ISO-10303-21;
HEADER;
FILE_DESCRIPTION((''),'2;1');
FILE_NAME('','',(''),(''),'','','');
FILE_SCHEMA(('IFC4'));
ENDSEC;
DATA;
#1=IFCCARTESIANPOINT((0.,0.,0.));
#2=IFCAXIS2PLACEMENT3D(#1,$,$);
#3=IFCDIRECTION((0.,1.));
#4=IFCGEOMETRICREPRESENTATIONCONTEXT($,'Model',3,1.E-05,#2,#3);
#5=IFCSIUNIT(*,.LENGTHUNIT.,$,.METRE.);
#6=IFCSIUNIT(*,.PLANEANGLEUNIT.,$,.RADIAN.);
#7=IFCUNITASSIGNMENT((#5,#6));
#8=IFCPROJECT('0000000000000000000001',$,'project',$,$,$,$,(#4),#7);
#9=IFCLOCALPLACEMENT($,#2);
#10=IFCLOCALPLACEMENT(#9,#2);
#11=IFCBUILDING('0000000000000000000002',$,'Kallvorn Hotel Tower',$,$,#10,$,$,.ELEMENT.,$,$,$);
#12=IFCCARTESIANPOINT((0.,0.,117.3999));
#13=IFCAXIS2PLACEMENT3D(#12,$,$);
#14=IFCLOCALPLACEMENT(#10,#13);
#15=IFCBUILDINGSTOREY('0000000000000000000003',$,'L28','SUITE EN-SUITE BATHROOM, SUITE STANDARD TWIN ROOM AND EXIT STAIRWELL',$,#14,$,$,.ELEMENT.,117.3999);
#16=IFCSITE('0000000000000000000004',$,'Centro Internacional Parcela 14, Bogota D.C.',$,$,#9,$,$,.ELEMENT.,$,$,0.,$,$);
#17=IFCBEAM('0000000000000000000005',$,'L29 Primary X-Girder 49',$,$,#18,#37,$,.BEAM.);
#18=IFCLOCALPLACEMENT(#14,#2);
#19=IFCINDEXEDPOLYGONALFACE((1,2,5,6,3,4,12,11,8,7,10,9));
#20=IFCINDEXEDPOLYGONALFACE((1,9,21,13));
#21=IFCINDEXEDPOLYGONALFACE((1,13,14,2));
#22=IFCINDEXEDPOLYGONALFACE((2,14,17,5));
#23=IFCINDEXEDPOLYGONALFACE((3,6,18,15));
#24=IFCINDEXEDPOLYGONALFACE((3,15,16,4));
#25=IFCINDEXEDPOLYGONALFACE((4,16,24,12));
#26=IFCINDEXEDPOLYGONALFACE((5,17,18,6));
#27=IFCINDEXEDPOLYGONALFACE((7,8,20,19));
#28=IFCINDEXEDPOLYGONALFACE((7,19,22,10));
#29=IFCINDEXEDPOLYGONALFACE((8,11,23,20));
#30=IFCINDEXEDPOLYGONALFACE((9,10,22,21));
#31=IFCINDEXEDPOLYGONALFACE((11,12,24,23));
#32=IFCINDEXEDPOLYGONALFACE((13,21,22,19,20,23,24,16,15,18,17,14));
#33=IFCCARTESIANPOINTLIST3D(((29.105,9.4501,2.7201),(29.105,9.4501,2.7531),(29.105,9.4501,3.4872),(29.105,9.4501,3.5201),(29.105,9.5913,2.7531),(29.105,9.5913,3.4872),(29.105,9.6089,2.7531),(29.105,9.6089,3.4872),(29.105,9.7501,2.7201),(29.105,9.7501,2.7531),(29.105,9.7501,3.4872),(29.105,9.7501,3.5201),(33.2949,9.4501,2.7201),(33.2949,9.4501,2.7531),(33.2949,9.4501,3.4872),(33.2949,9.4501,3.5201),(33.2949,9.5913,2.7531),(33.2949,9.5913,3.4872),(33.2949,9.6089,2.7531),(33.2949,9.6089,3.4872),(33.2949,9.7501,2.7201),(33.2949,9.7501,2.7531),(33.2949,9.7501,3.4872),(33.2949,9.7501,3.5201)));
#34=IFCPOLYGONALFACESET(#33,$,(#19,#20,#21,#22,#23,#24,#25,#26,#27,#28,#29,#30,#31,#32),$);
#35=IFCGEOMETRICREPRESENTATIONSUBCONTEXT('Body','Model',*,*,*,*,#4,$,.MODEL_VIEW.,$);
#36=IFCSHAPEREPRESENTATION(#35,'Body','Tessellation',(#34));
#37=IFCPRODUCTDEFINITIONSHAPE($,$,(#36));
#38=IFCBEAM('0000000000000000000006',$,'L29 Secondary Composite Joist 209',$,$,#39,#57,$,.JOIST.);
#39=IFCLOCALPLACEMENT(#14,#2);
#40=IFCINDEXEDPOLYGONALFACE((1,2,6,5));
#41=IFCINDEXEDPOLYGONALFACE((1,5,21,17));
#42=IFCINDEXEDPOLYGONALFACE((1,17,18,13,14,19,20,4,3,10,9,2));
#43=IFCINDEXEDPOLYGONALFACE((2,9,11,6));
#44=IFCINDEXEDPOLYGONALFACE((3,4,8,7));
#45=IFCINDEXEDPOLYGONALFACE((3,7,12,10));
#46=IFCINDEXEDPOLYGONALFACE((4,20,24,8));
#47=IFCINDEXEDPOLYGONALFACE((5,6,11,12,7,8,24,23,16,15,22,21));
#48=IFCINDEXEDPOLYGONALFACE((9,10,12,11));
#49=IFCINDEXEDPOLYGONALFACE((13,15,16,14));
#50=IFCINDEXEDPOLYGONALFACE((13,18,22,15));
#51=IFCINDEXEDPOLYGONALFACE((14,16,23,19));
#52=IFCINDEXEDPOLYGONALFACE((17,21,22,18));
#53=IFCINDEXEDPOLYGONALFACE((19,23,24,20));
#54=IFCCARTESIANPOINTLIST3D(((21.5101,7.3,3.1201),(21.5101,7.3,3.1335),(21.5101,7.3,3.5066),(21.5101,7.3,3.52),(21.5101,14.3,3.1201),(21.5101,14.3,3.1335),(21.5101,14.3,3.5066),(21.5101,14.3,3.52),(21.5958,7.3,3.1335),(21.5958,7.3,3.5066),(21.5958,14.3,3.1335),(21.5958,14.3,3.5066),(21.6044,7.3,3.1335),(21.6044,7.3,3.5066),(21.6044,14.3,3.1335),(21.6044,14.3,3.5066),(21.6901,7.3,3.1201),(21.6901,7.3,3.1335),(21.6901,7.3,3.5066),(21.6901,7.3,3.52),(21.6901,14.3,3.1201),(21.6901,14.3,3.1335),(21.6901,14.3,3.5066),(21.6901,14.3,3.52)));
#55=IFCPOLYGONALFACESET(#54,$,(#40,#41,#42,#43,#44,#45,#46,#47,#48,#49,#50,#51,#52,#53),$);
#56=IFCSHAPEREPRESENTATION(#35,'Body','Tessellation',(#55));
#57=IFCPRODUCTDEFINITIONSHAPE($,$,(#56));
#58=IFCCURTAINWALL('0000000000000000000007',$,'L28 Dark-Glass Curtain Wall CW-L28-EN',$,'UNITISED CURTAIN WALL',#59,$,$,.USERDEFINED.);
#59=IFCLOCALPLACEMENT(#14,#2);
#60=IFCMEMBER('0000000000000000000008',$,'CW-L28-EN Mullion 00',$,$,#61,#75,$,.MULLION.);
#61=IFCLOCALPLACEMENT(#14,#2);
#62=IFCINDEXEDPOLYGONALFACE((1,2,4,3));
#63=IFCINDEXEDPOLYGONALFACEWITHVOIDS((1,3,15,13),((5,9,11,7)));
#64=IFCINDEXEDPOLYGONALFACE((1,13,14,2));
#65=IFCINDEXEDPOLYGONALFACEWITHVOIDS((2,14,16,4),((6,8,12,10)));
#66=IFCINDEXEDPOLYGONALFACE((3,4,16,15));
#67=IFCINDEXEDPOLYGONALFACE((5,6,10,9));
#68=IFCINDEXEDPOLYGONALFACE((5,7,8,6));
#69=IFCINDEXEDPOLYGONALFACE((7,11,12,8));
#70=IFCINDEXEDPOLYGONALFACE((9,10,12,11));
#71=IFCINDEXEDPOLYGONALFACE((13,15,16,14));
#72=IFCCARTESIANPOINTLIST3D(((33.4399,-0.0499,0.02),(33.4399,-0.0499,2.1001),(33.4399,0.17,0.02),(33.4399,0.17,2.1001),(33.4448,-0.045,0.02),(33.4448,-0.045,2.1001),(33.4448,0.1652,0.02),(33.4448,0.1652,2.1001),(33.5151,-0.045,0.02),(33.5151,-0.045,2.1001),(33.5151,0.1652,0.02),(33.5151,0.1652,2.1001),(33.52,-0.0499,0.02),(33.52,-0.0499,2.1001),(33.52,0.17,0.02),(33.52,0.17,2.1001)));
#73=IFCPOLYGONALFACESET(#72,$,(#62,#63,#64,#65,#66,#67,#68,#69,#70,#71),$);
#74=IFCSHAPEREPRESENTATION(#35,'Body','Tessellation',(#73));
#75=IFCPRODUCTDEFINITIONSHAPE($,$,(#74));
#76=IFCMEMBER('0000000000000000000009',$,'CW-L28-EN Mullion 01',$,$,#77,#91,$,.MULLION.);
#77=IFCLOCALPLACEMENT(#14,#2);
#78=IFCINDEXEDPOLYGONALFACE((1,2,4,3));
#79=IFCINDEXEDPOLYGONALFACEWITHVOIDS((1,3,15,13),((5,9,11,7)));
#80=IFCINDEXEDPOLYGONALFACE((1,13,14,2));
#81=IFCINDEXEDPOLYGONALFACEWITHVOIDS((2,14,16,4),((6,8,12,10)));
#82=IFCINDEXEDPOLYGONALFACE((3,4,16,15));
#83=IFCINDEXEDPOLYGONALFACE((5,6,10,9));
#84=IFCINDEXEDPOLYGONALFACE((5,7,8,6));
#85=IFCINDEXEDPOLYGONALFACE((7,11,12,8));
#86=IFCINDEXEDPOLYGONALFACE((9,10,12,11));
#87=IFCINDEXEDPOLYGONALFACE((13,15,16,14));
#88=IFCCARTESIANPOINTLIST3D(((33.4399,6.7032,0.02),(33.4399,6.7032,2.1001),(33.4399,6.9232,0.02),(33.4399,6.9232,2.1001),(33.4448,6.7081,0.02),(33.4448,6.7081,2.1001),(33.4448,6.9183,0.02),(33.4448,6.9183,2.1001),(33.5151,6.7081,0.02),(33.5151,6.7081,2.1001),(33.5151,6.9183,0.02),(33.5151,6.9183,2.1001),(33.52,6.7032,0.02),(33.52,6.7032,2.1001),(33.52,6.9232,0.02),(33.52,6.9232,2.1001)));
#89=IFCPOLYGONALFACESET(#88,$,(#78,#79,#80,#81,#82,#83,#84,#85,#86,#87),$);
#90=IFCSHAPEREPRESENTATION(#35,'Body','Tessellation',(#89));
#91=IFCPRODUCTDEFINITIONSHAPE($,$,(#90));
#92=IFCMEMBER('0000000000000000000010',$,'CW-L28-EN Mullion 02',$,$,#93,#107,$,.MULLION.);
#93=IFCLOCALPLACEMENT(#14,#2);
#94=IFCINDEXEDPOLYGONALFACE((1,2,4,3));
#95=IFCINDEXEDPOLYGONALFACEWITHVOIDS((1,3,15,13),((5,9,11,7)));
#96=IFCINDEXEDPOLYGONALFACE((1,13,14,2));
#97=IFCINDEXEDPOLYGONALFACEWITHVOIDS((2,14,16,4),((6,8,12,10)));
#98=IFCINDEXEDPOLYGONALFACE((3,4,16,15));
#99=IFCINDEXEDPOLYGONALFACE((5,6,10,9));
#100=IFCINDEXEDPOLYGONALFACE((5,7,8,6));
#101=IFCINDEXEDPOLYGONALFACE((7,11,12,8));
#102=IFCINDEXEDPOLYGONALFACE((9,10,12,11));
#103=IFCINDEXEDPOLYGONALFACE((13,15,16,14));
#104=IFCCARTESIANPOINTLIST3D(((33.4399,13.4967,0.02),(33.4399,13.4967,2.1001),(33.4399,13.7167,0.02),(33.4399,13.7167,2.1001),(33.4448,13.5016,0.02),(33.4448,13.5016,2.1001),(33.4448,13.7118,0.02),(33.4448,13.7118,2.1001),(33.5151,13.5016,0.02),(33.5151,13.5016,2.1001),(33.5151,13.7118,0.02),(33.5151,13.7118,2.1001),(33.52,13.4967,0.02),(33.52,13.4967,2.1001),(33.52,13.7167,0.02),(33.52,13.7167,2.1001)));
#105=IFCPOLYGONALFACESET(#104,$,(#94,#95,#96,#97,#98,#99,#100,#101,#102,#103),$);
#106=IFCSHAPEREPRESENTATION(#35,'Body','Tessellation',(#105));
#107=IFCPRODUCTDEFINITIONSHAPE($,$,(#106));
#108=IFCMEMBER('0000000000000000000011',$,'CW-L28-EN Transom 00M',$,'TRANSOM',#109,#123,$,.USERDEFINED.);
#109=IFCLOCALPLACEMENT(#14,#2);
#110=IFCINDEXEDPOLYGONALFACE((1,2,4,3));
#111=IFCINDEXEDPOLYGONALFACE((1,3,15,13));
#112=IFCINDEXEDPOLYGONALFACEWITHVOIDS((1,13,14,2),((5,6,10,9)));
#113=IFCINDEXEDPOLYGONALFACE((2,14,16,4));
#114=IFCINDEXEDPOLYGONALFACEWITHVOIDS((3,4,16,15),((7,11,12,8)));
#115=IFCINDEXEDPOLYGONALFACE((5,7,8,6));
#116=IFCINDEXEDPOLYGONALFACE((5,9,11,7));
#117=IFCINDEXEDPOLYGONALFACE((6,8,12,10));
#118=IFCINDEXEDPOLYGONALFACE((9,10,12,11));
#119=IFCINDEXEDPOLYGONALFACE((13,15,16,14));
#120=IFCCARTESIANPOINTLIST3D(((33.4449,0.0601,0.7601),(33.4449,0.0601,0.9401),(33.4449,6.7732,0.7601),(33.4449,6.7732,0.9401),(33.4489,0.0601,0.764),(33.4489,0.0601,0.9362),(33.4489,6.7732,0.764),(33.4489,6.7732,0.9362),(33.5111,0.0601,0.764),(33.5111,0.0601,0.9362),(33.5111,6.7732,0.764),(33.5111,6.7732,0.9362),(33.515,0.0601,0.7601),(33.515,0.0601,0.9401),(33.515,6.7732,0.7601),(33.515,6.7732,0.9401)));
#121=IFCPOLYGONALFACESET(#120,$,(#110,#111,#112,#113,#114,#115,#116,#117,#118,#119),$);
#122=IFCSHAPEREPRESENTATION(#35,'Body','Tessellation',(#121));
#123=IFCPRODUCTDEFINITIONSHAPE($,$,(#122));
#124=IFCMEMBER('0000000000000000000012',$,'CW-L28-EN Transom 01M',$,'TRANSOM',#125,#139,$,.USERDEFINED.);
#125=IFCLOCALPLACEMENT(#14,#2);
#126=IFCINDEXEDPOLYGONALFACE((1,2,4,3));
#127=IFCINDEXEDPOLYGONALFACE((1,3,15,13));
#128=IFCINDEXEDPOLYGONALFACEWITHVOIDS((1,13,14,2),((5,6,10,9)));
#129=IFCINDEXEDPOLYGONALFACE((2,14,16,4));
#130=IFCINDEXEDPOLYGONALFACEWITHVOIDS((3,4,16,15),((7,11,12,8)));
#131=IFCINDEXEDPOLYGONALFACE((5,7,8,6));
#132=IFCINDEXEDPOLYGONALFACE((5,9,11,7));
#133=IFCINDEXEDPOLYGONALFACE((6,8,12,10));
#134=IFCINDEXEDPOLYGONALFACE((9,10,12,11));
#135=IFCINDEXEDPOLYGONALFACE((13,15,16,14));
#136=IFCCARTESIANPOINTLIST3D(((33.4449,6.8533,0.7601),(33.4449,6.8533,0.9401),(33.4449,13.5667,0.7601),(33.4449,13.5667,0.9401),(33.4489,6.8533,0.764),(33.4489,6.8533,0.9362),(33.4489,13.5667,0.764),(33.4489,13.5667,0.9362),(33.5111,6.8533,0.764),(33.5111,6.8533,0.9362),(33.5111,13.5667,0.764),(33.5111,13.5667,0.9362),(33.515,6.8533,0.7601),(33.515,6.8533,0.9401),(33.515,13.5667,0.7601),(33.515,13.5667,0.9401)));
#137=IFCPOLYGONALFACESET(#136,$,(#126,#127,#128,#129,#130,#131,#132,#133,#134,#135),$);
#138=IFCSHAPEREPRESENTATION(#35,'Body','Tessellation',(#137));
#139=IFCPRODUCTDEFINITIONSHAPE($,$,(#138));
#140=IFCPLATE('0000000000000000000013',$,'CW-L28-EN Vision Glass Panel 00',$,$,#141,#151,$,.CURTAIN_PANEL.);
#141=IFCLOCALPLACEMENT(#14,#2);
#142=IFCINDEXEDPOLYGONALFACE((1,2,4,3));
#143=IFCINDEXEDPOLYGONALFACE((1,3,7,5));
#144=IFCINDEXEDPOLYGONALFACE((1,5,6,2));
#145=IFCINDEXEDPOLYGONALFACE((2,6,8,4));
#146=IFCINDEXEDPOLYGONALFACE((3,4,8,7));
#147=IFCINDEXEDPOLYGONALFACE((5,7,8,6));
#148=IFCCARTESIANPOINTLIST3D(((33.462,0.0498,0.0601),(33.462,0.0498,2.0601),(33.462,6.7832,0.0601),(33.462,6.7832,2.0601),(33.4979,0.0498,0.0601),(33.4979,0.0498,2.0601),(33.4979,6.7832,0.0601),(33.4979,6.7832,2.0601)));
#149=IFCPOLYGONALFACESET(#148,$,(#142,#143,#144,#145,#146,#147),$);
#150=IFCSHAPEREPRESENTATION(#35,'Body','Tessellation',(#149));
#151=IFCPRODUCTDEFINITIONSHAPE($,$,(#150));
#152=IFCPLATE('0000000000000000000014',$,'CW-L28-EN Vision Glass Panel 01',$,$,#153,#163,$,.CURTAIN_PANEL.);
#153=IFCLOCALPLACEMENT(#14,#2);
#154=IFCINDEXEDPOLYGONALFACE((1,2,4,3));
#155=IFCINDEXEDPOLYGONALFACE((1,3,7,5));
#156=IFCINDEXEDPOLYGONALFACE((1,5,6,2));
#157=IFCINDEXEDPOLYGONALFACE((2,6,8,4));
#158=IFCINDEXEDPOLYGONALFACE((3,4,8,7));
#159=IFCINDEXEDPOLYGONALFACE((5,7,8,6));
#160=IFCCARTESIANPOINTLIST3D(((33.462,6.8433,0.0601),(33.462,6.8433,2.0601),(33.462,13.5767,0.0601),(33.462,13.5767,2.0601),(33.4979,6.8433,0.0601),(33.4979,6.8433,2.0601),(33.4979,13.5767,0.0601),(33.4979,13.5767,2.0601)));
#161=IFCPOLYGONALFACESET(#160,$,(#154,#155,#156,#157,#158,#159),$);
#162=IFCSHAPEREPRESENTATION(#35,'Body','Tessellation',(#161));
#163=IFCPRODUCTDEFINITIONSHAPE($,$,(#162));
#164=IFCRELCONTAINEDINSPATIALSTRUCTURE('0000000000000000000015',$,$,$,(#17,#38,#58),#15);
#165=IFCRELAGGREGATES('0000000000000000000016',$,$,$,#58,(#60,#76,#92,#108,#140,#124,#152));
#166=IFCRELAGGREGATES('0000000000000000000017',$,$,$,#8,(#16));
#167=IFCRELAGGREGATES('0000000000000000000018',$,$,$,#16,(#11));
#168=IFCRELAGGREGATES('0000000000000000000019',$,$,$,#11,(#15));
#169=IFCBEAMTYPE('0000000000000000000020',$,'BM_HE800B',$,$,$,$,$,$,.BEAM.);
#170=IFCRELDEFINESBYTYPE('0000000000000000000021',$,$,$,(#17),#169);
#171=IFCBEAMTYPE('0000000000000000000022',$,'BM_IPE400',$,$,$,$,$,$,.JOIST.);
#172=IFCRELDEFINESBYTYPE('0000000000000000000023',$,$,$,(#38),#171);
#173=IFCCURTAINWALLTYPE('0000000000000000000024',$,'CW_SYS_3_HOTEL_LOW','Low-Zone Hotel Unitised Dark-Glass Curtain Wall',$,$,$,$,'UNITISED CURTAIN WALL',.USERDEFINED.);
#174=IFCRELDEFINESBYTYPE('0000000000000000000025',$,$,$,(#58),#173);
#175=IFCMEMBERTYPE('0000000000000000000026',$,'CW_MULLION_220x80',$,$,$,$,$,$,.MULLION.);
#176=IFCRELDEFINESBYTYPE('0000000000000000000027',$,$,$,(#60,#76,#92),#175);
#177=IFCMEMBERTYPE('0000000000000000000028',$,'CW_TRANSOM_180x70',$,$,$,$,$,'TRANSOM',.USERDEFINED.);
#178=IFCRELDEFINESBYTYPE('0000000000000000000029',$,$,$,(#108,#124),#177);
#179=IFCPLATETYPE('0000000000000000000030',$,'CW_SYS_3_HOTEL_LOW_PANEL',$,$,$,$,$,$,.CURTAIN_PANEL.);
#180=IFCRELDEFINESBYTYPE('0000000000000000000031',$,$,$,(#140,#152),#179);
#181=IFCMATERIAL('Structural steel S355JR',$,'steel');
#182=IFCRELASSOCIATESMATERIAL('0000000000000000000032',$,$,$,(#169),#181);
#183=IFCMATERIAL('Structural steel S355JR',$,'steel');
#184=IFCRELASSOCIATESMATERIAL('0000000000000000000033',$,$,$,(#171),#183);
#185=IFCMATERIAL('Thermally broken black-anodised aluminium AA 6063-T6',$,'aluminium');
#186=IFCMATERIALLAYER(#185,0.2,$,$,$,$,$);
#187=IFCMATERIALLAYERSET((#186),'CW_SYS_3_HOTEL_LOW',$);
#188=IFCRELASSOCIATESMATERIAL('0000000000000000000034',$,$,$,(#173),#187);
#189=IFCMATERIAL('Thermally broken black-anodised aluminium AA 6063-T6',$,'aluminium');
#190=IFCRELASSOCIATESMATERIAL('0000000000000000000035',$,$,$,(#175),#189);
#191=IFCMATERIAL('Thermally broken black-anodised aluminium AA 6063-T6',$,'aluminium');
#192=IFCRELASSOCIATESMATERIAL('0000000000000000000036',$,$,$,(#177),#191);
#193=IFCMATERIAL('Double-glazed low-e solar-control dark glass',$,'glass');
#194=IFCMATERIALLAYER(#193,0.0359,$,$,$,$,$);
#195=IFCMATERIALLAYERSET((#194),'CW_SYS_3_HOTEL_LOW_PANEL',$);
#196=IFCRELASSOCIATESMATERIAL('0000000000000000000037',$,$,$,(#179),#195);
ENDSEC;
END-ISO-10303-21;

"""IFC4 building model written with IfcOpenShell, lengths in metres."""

from ifc_helpers import new_model, si_unit, direction, frame, origin, origin_2d, place, context, subcontext, project, spatial, rectangle, hollow_rectangle, i_section, extrude, material, layer, layer_set, material_profile, profile_set, type_object, element, aggregate, save


model = new_model("IFC4")

# Units and contexts
model_context = context("Model", 3, precision=1e-05, world=origin(), true_north=direction((0.0, 1.0)))
body_context = subcontext(model_context, "Body", "Model", "MODEL_VIEW")
ifc_project = project(units=[si_unit("LENGTHUNIT", "METRE"), si_unit("PLANEANGLEUNIT", "RADIAN")], contexts=[model_context])

# Site, building, storey
site_placement = place(None, origin())
site = spatial("IfcSite", under=ifc_project, at=site_placement, Name="Centro Internacional Parcela 14, Bogota D.C.", CompositionType="ELEMENT", RefElevation=0.0)
building_placement = place(site_placement, origin())
building = spatial("IfcBuilding", under=site, at=building_placement, Name="Kallvorn Hotel Tower", CompositionType="ELEMENT")
storey_placement = place(building_placement, frame((0.0, 0.0, 117.3999)))
storey = spatial("IfcBuildingStorey", under=building, at=storey_placement, Name="L28", Description="SUITE EN-SUITE BATHROOM, SUITE STANDARD TWIN ROOM AND EXIT STAIRWELL", CompositionType="ELEMENT", Elevation=117.3999)

# Beams
ifc_material_1 = material(Name="Structural steel S355JR", Category="steel")
ifc_material_profile_1 = material_profile(ifc_material_1, i_section(OverallWidth=0.3, OverallDepth=0.8, WebThickness=0.0176, FlangeThickness=0.033, at=origin_2d()), Name="HE 800 B")
ifc_profile_set_1 = profile_set([ifc_material_profile_1], Name="Structural steel S355JR")
beam_type_1 = type_object("IfcBeamType", Name="BM_HE800B", PredefinedType="BEAM", material=ifc_profile_set_1)
beam_1_placement = place(storey_placement, frame((29.105, 9.6001, 3.1201), z_axis=(1.0, 0.0, 0.0), x_axis=(0.0, 1.0, 0.0)))
element("IfcBeam", 1, at=beam_1_placement, inside=storey, type_object=beam_type_1, Name="L29 Primary X-Girder 49", PredefinedType="BEAM", context=body_context, shape_type="SweptSolid", body=[
    extrude(i_section(OverallWidth=0.3, OverallDepth=0.8, WebThickness=0.0176, FlangeThickness=0.033, at=origin_2d()), origin(), (0.0, 0.0, 1.0), 4.1899),
])
ifc_material_2 = material(Name="Structural steel S355JR", Category="steel")
ifc_material_profile_2 = material_profile(ifc_material_2, i_section(OverallWidth=0.1799, OverallDepth=0.3999, WebThickness=0.0085, FlangeThickness=0.0134, at=origin_2d()), Name="IPE 400")
ifc_profile_set_2 = profile_set([ifc_material_profile_2], Name="Structural steel S355JR")
beam_type_2 = type_object("IfcBeamType", Name="BM_IPE400", PredefinedType="JOIST", material=ifc_profile_set_2)
beam_2_placement = place(storey_placement, frame((21.6001, 7.3, 3.3201), z_axis=(0.0, 1.0, 0.0), x_axis=(-1.0, 0.0, 0.0)))
element("IfcBeam", 2, at=beam_2_placement, inside=storey, type_object=beam_type_2, Name="L29 Secondary Composite Joist 209", PredefinedType="JOIST", context=body_context, shape_type="SweptSolid", body=[
    extrude(i_section(OverallWidth=0.1799, OverallDepth=0.3999, WebThickness=0.0085, FlangeThickness=0.0134, at=origin_2d()), origin(), (0.0, 0.0, 1.0), 7.0),
])

# Curtain wall, members, plates
ifc_material_3 = material(Name="Thermally broken black-anodised aluminium AA 6063-T6", Category="aluminium")
ifc_layer_1 = layer(ifc_material_3, 0.2)
ifc_layer_set_1 = layer_set([ifc_layer_1], Name="CW_SYS_3_HOTEL_LOW")
curtain_wall_type = type_object("IfcCurtainWallType", Name="CW_SYS_3_HOTEL_LOW", Description="Low-Zone Hotel Unitised Dark-Glass Curtain Wall", ElementType="UNITISED CURTAIN WALL", PredefinedType="USERDEFINED", material=ifc_layer_set_1)
curtain_wall_placement = place(storey_placement, origin())
curtain_wall = element("IfcCurtainWall", 3, at=curtain_wall_placement, inside=storey, type_object=curtain_wall_type, Name="L28 Dark-Glass Curtain Wall CW-L28-EN", ObjectType="UNITISED CURTAIN WALL", PredefinedType="USERDEFINED")
ifc_material_4 = material(Name="Thermally broken black-anodised aluminium AA 6063-T6", Category="aluminium")
ifc_material_profile_3 = material_profile(ifc_material_4, hollow_rectangle(XDim=0.0801, YDim=0.22, WallThickness=0.0049, at=origin_2d()), Name="MUL 220x80")
ifc_profile_set_3 = profile_set([ifc_material_profile_3], Name="Thermally broken black-anodised aluminium AA 6063-T6")
member_type_1 = type_object("IfcMemberType", Name="CW_MULLION_220x80", PredefinedType="MULLION", material=ifc_profile_set_3)
member_1_placement = place(storey_placement, frame((33.48, 0.0601, 0.02), z_axis=(0.0, 0.0, 1.0), x_axis=(1.0, 0.0, 0.0)))
member_1 = element("IfcMember", 4, at=member_1_placement, type_object=member_type_1, Name="CW-L28-EN Mullion 00", PredefinedType="MULLION", context=body_context, shape_type="SweptSolid", body=[
    extrude(hollow_rectangle(XDim=0.0801, YDim=0.22, WallThickness=0.0049, at=origin_2d()), origin(), (0.0, 0.0, 1.0), 2.0801),
])
member_2_placement = place(storey_placement, frame((33.48, 6.8132, 0.02), z_axis=(0.0, 0.0, 1.0), x_axis=(1.0, 0.0, 0.0)))
member_2 = element("IfcMember", 5, at=member_2_placement, type_object=member_type_1, Name="CW-L28-EN Mullion 01", PredefinedType="MULLION", context=body_context, shape_type="SweptSolid", body=[
    extrude(hollow_rectangle(XDim=0.0801, YDim=0.22, WallThickness=0.0049, at=origin_2d()), origin(), (0.0, 0.0, 1.0), 2.0801),
])
member_3_placement = place(storey_placement, frame((33.48, 13.6067, 0.02), z_axis=(0.0, 0.0, 1.0), x_axis=(1.0, 0.0, 0.0)))
member_3 = element("IfcMember", 6, at=member_3_placement, type_object=member_type_1, Name="CW-L28-EN Mullion 02", PredefinedType="MULLION", context=body_context, shape_type="SweptSolid", body=[
    extrude(hollow_rectangle(XDim=0.0801, YDim=0.22, WallThickness=0.0049, at=origin_2d()), origin(), (0.0, 0.0, 1.0), 2.0801),
])
ifc_material_5 = material(Name="Thermally broken black-anodised aluminium AA 6063-T6", Category="aluminium")
ifc_material_profile_4 = material_profile(ifc_material_5, hollow_rectangle(XDim=0.0701, YDim=0.1799, WallThickness=0.0039, at=origin_2d()), Name="TRN 180x70")
ifc_profile_set_4 = profile_set([ifc_material_profile_4], Name="Thermally broken black-anodised aluminium AA 6063-T6")
member_type_2 = type_object("IfcMemberType", Name="CW_TRANSOM_180x70", ElementType="TRANSOM", PredefinedType="USERDEFINED", material=ifc_profile_set_4)
member_4_placement = place(storey_placement, frame((33.48, 0.0601, 0.8501), z_axis=(0.0, 1.0, 0.0), x_axis=(-1.0, 0.0, 0.0)))
member_4 = element("IfcMember", 7, at=member_4_placement, type_object=member_type_2, Name="CW-L28-EN Transom 00M", ObjectType="TRANSOM", PredefinedType="USERDEFINED", context=body_context, shape_type="SweptSolid", body=[
    extrude(hollow_rectangle(XDim=0.0701, YDim=0.1799, WallThickness=0.0039, at=origin_2d()), origin(), (0.0, 0.0, 1.0), 6.7131),
])
member_5_placement = place(storey_placement, frame((33.48, 6.8533, 0.8501), z_axis=(0.0, 1.0, 0.0), x_axis=(-1.0, 0.0, 0.0)))
member_5 = element("IfcMember", 8, at=member_5_placement, type_object=member_type_2, Name="CW-L28-EN Transom 01M", ObjectType="TRANSOM", PredefinedType="USERDEFINED", context=body_context, shape_type="SweptSolid", body=[
    extrude(hollow_rectangle(XDim=0.0701, YDim=0.1799, WallThickness=0.0039, at=origin_2d()), origin(), (0.0, 0.0, 1.0), 6.7134),
])
ifc_material_6 = material(Name="Double-glazed low-e solar-control dark glass", Category="glass")
ifc_layer_2 = layer(ifc_material_6, 0.0359)
ifc_layer_set_2 = layer_set([ifc_layer_2], Name="CW_SYS_3_HOTEL_LOW_PANEL")
plate_type = type_object("IfcPlateType", Name="CW_SYS_3_HOTEL_LOW_PANEL", PredefinedType="CURTAIN_PANEL", material=ifc_layer_set_2)
plate_1_placement = place(storey_placement, frame((33.48, 3.4165, 0.0601), z_axis=(0.0, 0.0, 1.0), x_axis=(0.0, 1.0, 0.0)))
plate_1 = element("IfcPlate", 9, at=plate_1_placement, type_object=plate_type, Name="CW-L28-EN Vision Glass Panel 00", PredefinedType="CURTAIN_PANEL", context=body_context, shape_type="SweptSolid", body=[
    extrude(rectangle(XDim=6.7334, YDim=0.0359, at=origin_2d()), origin(), (0.0, 0.0, 1.0), 2.0),
])
plate_2_placement = place(storey_placement, frame((33.48, 10.21, 0.0601), z_axis=(0.0, 0.0, 1.0), x_axis=(0.0, 1.0, 0.0)))
plate_2 = element("IfcPlate", 10, at=plate_2_placement, type_object=plate_type, Name="CW-L28-EN Vision Glass Panel 01", PredefinedType="CURTAIN_PANEL", context=body_context, shape_type="SweptSolid", body=[
    extrude(rectangle(XDim=6.7334, YDim=0.0359, at=origin_2d()), origin(), (0.0, 0.0, 1.0), 2.0),
])
aggregate(curtain_wall, [member_1, member_2, member_3, member_4, plate_1, member_5, plate_2])

save(model, "model.ifc")
